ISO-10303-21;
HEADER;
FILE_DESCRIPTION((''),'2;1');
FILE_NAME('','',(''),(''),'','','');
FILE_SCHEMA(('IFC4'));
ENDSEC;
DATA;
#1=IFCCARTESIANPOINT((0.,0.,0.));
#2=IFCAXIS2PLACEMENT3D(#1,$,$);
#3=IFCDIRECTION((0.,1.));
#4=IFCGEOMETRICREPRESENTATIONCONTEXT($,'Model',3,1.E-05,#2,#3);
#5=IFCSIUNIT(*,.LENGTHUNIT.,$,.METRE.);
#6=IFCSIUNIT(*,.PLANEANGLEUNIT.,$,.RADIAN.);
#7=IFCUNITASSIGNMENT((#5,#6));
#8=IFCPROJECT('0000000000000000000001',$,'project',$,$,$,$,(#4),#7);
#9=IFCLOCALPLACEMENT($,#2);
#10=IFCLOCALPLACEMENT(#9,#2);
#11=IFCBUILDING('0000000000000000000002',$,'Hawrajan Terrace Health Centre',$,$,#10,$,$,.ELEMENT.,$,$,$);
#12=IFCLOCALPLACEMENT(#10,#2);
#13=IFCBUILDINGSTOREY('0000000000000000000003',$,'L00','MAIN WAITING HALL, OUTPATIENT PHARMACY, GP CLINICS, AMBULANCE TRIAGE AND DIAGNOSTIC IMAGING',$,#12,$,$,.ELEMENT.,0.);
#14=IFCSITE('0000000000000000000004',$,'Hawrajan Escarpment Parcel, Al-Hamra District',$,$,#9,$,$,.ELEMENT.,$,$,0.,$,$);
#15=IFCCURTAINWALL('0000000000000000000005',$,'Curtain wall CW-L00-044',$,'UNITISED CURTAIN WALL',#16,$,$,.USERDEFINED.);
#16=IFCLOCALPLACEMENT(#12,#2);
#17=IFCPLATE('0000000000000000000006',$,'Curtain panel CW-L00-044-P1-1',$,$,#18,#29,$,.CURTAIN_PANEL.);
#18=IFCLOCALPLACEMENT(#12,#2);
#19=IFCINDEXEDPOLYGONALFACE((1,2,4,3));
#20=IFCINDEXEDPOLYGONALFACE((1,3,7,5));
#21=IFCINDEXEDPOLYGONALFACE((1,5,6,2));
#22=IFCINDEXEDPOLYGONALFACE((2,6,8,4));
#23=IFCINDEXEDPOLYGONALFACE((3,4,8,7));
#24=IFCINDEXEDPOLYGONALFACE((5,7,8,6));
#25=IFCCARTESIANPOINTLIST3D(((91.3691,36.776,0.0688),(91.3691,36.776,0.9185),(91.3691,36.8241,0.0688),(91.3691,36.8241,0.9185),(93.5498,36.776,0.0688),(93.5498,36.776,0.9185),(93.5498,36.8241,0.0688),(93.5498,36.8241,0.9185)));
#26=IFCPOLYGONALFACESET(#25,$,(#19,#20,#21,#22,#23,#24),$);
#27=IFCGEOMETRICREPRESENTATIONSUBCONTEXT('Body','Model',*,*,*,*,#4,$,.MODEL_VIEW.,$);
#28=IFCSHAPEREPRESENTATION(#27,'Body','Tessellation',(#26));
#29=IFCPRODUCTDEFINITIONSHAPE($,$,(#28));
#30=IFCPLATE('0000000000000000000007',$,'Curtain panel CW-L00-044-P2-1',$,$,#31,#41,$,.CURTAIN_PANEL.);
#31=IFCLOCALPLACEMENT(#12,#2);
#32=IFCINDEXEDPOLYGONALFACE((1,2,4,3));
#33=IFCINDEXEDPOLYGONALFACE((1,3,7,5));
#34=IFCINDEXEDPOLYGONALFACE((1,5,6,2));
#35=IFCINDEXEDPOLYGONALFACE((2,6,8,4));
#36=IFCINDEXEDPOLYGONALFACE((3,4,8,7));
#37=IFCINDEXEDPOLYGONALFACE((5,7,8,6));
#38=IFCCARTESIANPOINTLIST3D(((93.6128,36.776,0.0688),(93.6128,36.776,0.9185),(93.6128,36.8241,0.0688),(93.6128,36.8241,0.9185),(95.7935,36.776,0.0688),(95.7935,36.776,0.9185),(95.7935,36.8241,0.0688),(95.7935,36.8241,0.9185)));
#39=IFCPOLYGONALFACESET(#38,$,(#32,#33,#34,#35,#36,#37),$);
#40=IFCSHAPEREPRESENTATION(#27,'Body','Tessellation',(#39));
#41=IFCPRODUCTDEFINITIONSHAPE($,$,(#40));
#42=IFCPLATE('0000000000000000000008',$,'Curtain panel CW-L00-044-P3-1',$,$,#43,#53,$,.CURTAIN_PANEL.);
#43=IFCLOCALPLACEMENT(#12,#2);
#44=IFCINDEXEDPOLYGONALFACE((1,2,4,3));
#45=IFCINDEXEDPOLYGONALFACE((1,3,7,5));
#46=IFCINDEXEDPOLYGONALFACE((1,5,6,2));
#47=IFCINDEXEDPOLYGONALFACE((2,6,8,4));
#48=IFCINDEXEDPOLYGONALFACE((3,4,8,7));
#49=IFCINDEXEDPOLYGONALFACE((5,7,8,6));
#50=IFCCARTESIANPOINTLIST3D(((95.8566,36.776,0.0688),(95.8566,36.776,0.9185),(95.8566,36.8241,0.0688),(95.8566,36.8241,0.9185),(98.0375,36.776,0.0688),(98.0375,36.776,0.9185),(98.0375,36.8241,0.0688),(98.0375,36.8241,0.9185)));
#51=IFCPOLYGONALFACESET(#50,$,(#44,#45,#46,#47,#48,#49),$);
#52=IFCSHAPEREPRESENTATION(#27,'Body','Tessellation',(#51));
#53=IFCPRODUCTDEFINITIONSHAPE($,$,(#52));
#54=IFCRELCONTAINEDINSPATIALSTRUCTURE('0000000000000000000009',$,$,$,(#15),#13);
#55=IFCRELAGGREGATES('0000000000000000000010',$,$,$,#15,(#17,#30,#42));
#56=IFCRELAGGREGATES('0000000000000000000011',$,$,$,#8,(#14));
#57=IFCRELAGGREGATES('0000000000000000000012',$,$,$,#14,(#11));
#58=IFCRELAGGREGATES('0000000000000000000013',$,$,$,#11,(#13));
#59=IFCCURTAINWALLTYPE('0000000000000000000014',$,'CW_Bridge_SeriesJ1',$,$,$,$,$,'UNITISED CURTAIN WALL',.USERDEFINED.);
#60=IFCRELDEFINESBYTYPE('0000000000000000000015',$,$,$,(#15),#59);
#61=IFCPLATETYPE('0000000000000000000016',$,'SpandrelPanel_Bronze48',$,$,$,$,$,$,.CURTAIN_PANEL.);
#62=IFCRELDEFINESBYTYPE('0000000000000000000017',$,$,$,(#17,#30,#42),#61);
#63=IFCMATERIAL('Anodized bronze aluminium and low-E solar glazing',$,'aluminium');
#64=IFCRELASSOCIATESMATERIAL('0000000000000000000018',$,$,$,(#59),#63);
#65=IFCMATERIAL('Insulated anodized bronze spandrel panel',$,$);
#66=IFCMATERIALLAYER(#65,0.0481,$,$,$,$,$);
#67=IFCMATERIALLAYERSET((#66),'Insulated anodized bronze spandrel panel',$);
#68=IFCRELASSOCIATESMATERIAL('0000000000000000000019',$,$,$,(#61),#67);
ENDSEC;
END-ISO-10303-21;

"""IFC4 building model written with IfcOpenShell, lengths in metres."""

from ifc_helpers import new_model, si_unit, direction, frame, origin, origin_2d, place, context, subcontext, project, spatial, rectangle, extrude, material, layer, layer_set, type_object, element, aggregate, save


model = new_model("IFC4")

# Units and contexts
model_context = context("Model", 3, precision=1e-05, world=origin(), true_north=direction((0.0, 1.0)))
body_context = subcontext(model_context, "Body", "Model", "MODEL_VIEW")
ifc_project = project(units=[si_unit("LENGTHUNIT", "METRE"), si_unit("PLANEANGLEUNIT", "RADIAN")], contexts=[model_context])

# Site, building, storey
site_placement = place(None, origin())
site = spatial("IfcSite", under=ifc_project, at=site_placement, Name="Hawrajan Escarpment Parcel, Al-Hamra District", CompositionType="ELEMENT", RefElevation=0.0)
building_placement = place(site_placement, origin())
building = spatial("IfcBuilding", under=site, at=building_placement, Name="Hawrajan Terrace Health Centre", CompositionType="ELEMENT")
storey_placement = place(building_placement, origin())
storey = spatial("IfcBuildingStorey", under=building, at=storey_placement, Name="L00", Description="MAIN WAITING HALL, OUTPATIENT PHARMACY, GP CLINICS, AMBULANCE TRIAGE AND DIAGNOSTIC IMAGING", CompositionType="ELEMENT", Elevation=0.0)

# Curtain wall, plates
ifc_material_1 = material(Name="Anodized bronze aluminium and low-E solar glazing", Category="aluminium")
curtain_wall_type = type_object("IfcCurtainWallType", Name="CW_Bridge_SeriesJ1", ElementType="UNITISED CURTAIN WALL", PredefinedType="USERDEFINED", material=ifc_material_1)
curtain_wall_placement = place(storey_placement, origin())
curtain_wall = element("IfcCurtainWall", 1, at=curtain_wall_placement, inside=storey, type_object=curtain_wall_type, Name="Curtain wall CW-L00-044", ObjectType="UNITISED CURTAIN WALL", PredefinedType="USERDEFINED")
ifc_material_2 = material(Name="Insulated anodized bronze spandrel panel")
ifc_layer_1 = layer(ifc_material_2, 0.0481)
ifc_layer_set_1 = layer_set([ifc_layer_1], Name="Insulated anodized bronze spandrel panel")
plate_type_1 = type_object("IfcPlateType", Name="SpandrelPanel_Bronze48", PredefinedType="CURTAIN_PANEL", material=ifc_layer_set_1)
plate_1_placement = place(storey_placement, frame((92.4595, 36.8, 0.0688), z_axis=(0.0, 0.0, 1.0), x_axis=(1.0, 0.0, 0.0)))
plate_1 = element("IfcPlate", 2, at=plate_1_placement, type_object=plate_type_1, Name="Curtain panel CW-L00-044-P1-1", PredefinedType="CURTAIN_PANEL", context=body_context, shape_type="SweptSolid", body=[
    extrude(rectangle(XDim=2.1807, YDim=0.0481, at=origin_2d()), origin(), (0.0, 0.0, 1.0), 0.8496),
])
plate_2_placement = place(storey_placement, frame((94.7031, 36.8, 0.0688), z_axis=(0.0, 0.0, 1.0), x_axis=(1.0, 0.0, 0.0)))
plate_2 = element("IfcPlate", 3, at=plate_2_placement, type_object=plate_type_1, Name="Curtain panel CW-L00-044-P2-1", PredefinedType="CURTAIN_PANEL", context=body_context, shape_type="SweptSolid", body=[
    extrude(rectangle(XDim=2.1807, YDim=0.0481, at=origin_2d()), origin(), (0.0, 0.0, 1.0), 0.8496),
])
plate_3_placement = place(storey_placement, frame((96.947, 36.8, 0.0688), z_axis=(0.0, 0.0, 1.0), x_axis=(1.0, 0.0, 0.0)))
plate_3 = element("IfcPlate", 4, at=plate_3_placement, type_object=plate_type_1, Name="Curtain panel CW-L00-044-P3-1", PredefinedType="CURTAIN_PANEL", context=body_context, shape_type="SweptSolid", body=[
    extrude(rectangle(XDim=2.1809, YDim=0.0481, at=origin_2d()), origin(), (0.0, 0.0, 1.0), 0.8496),
])
aggregate(curtain_wall, [plate_1, plate_2, plate_3])

save(model, "model.ifc")
